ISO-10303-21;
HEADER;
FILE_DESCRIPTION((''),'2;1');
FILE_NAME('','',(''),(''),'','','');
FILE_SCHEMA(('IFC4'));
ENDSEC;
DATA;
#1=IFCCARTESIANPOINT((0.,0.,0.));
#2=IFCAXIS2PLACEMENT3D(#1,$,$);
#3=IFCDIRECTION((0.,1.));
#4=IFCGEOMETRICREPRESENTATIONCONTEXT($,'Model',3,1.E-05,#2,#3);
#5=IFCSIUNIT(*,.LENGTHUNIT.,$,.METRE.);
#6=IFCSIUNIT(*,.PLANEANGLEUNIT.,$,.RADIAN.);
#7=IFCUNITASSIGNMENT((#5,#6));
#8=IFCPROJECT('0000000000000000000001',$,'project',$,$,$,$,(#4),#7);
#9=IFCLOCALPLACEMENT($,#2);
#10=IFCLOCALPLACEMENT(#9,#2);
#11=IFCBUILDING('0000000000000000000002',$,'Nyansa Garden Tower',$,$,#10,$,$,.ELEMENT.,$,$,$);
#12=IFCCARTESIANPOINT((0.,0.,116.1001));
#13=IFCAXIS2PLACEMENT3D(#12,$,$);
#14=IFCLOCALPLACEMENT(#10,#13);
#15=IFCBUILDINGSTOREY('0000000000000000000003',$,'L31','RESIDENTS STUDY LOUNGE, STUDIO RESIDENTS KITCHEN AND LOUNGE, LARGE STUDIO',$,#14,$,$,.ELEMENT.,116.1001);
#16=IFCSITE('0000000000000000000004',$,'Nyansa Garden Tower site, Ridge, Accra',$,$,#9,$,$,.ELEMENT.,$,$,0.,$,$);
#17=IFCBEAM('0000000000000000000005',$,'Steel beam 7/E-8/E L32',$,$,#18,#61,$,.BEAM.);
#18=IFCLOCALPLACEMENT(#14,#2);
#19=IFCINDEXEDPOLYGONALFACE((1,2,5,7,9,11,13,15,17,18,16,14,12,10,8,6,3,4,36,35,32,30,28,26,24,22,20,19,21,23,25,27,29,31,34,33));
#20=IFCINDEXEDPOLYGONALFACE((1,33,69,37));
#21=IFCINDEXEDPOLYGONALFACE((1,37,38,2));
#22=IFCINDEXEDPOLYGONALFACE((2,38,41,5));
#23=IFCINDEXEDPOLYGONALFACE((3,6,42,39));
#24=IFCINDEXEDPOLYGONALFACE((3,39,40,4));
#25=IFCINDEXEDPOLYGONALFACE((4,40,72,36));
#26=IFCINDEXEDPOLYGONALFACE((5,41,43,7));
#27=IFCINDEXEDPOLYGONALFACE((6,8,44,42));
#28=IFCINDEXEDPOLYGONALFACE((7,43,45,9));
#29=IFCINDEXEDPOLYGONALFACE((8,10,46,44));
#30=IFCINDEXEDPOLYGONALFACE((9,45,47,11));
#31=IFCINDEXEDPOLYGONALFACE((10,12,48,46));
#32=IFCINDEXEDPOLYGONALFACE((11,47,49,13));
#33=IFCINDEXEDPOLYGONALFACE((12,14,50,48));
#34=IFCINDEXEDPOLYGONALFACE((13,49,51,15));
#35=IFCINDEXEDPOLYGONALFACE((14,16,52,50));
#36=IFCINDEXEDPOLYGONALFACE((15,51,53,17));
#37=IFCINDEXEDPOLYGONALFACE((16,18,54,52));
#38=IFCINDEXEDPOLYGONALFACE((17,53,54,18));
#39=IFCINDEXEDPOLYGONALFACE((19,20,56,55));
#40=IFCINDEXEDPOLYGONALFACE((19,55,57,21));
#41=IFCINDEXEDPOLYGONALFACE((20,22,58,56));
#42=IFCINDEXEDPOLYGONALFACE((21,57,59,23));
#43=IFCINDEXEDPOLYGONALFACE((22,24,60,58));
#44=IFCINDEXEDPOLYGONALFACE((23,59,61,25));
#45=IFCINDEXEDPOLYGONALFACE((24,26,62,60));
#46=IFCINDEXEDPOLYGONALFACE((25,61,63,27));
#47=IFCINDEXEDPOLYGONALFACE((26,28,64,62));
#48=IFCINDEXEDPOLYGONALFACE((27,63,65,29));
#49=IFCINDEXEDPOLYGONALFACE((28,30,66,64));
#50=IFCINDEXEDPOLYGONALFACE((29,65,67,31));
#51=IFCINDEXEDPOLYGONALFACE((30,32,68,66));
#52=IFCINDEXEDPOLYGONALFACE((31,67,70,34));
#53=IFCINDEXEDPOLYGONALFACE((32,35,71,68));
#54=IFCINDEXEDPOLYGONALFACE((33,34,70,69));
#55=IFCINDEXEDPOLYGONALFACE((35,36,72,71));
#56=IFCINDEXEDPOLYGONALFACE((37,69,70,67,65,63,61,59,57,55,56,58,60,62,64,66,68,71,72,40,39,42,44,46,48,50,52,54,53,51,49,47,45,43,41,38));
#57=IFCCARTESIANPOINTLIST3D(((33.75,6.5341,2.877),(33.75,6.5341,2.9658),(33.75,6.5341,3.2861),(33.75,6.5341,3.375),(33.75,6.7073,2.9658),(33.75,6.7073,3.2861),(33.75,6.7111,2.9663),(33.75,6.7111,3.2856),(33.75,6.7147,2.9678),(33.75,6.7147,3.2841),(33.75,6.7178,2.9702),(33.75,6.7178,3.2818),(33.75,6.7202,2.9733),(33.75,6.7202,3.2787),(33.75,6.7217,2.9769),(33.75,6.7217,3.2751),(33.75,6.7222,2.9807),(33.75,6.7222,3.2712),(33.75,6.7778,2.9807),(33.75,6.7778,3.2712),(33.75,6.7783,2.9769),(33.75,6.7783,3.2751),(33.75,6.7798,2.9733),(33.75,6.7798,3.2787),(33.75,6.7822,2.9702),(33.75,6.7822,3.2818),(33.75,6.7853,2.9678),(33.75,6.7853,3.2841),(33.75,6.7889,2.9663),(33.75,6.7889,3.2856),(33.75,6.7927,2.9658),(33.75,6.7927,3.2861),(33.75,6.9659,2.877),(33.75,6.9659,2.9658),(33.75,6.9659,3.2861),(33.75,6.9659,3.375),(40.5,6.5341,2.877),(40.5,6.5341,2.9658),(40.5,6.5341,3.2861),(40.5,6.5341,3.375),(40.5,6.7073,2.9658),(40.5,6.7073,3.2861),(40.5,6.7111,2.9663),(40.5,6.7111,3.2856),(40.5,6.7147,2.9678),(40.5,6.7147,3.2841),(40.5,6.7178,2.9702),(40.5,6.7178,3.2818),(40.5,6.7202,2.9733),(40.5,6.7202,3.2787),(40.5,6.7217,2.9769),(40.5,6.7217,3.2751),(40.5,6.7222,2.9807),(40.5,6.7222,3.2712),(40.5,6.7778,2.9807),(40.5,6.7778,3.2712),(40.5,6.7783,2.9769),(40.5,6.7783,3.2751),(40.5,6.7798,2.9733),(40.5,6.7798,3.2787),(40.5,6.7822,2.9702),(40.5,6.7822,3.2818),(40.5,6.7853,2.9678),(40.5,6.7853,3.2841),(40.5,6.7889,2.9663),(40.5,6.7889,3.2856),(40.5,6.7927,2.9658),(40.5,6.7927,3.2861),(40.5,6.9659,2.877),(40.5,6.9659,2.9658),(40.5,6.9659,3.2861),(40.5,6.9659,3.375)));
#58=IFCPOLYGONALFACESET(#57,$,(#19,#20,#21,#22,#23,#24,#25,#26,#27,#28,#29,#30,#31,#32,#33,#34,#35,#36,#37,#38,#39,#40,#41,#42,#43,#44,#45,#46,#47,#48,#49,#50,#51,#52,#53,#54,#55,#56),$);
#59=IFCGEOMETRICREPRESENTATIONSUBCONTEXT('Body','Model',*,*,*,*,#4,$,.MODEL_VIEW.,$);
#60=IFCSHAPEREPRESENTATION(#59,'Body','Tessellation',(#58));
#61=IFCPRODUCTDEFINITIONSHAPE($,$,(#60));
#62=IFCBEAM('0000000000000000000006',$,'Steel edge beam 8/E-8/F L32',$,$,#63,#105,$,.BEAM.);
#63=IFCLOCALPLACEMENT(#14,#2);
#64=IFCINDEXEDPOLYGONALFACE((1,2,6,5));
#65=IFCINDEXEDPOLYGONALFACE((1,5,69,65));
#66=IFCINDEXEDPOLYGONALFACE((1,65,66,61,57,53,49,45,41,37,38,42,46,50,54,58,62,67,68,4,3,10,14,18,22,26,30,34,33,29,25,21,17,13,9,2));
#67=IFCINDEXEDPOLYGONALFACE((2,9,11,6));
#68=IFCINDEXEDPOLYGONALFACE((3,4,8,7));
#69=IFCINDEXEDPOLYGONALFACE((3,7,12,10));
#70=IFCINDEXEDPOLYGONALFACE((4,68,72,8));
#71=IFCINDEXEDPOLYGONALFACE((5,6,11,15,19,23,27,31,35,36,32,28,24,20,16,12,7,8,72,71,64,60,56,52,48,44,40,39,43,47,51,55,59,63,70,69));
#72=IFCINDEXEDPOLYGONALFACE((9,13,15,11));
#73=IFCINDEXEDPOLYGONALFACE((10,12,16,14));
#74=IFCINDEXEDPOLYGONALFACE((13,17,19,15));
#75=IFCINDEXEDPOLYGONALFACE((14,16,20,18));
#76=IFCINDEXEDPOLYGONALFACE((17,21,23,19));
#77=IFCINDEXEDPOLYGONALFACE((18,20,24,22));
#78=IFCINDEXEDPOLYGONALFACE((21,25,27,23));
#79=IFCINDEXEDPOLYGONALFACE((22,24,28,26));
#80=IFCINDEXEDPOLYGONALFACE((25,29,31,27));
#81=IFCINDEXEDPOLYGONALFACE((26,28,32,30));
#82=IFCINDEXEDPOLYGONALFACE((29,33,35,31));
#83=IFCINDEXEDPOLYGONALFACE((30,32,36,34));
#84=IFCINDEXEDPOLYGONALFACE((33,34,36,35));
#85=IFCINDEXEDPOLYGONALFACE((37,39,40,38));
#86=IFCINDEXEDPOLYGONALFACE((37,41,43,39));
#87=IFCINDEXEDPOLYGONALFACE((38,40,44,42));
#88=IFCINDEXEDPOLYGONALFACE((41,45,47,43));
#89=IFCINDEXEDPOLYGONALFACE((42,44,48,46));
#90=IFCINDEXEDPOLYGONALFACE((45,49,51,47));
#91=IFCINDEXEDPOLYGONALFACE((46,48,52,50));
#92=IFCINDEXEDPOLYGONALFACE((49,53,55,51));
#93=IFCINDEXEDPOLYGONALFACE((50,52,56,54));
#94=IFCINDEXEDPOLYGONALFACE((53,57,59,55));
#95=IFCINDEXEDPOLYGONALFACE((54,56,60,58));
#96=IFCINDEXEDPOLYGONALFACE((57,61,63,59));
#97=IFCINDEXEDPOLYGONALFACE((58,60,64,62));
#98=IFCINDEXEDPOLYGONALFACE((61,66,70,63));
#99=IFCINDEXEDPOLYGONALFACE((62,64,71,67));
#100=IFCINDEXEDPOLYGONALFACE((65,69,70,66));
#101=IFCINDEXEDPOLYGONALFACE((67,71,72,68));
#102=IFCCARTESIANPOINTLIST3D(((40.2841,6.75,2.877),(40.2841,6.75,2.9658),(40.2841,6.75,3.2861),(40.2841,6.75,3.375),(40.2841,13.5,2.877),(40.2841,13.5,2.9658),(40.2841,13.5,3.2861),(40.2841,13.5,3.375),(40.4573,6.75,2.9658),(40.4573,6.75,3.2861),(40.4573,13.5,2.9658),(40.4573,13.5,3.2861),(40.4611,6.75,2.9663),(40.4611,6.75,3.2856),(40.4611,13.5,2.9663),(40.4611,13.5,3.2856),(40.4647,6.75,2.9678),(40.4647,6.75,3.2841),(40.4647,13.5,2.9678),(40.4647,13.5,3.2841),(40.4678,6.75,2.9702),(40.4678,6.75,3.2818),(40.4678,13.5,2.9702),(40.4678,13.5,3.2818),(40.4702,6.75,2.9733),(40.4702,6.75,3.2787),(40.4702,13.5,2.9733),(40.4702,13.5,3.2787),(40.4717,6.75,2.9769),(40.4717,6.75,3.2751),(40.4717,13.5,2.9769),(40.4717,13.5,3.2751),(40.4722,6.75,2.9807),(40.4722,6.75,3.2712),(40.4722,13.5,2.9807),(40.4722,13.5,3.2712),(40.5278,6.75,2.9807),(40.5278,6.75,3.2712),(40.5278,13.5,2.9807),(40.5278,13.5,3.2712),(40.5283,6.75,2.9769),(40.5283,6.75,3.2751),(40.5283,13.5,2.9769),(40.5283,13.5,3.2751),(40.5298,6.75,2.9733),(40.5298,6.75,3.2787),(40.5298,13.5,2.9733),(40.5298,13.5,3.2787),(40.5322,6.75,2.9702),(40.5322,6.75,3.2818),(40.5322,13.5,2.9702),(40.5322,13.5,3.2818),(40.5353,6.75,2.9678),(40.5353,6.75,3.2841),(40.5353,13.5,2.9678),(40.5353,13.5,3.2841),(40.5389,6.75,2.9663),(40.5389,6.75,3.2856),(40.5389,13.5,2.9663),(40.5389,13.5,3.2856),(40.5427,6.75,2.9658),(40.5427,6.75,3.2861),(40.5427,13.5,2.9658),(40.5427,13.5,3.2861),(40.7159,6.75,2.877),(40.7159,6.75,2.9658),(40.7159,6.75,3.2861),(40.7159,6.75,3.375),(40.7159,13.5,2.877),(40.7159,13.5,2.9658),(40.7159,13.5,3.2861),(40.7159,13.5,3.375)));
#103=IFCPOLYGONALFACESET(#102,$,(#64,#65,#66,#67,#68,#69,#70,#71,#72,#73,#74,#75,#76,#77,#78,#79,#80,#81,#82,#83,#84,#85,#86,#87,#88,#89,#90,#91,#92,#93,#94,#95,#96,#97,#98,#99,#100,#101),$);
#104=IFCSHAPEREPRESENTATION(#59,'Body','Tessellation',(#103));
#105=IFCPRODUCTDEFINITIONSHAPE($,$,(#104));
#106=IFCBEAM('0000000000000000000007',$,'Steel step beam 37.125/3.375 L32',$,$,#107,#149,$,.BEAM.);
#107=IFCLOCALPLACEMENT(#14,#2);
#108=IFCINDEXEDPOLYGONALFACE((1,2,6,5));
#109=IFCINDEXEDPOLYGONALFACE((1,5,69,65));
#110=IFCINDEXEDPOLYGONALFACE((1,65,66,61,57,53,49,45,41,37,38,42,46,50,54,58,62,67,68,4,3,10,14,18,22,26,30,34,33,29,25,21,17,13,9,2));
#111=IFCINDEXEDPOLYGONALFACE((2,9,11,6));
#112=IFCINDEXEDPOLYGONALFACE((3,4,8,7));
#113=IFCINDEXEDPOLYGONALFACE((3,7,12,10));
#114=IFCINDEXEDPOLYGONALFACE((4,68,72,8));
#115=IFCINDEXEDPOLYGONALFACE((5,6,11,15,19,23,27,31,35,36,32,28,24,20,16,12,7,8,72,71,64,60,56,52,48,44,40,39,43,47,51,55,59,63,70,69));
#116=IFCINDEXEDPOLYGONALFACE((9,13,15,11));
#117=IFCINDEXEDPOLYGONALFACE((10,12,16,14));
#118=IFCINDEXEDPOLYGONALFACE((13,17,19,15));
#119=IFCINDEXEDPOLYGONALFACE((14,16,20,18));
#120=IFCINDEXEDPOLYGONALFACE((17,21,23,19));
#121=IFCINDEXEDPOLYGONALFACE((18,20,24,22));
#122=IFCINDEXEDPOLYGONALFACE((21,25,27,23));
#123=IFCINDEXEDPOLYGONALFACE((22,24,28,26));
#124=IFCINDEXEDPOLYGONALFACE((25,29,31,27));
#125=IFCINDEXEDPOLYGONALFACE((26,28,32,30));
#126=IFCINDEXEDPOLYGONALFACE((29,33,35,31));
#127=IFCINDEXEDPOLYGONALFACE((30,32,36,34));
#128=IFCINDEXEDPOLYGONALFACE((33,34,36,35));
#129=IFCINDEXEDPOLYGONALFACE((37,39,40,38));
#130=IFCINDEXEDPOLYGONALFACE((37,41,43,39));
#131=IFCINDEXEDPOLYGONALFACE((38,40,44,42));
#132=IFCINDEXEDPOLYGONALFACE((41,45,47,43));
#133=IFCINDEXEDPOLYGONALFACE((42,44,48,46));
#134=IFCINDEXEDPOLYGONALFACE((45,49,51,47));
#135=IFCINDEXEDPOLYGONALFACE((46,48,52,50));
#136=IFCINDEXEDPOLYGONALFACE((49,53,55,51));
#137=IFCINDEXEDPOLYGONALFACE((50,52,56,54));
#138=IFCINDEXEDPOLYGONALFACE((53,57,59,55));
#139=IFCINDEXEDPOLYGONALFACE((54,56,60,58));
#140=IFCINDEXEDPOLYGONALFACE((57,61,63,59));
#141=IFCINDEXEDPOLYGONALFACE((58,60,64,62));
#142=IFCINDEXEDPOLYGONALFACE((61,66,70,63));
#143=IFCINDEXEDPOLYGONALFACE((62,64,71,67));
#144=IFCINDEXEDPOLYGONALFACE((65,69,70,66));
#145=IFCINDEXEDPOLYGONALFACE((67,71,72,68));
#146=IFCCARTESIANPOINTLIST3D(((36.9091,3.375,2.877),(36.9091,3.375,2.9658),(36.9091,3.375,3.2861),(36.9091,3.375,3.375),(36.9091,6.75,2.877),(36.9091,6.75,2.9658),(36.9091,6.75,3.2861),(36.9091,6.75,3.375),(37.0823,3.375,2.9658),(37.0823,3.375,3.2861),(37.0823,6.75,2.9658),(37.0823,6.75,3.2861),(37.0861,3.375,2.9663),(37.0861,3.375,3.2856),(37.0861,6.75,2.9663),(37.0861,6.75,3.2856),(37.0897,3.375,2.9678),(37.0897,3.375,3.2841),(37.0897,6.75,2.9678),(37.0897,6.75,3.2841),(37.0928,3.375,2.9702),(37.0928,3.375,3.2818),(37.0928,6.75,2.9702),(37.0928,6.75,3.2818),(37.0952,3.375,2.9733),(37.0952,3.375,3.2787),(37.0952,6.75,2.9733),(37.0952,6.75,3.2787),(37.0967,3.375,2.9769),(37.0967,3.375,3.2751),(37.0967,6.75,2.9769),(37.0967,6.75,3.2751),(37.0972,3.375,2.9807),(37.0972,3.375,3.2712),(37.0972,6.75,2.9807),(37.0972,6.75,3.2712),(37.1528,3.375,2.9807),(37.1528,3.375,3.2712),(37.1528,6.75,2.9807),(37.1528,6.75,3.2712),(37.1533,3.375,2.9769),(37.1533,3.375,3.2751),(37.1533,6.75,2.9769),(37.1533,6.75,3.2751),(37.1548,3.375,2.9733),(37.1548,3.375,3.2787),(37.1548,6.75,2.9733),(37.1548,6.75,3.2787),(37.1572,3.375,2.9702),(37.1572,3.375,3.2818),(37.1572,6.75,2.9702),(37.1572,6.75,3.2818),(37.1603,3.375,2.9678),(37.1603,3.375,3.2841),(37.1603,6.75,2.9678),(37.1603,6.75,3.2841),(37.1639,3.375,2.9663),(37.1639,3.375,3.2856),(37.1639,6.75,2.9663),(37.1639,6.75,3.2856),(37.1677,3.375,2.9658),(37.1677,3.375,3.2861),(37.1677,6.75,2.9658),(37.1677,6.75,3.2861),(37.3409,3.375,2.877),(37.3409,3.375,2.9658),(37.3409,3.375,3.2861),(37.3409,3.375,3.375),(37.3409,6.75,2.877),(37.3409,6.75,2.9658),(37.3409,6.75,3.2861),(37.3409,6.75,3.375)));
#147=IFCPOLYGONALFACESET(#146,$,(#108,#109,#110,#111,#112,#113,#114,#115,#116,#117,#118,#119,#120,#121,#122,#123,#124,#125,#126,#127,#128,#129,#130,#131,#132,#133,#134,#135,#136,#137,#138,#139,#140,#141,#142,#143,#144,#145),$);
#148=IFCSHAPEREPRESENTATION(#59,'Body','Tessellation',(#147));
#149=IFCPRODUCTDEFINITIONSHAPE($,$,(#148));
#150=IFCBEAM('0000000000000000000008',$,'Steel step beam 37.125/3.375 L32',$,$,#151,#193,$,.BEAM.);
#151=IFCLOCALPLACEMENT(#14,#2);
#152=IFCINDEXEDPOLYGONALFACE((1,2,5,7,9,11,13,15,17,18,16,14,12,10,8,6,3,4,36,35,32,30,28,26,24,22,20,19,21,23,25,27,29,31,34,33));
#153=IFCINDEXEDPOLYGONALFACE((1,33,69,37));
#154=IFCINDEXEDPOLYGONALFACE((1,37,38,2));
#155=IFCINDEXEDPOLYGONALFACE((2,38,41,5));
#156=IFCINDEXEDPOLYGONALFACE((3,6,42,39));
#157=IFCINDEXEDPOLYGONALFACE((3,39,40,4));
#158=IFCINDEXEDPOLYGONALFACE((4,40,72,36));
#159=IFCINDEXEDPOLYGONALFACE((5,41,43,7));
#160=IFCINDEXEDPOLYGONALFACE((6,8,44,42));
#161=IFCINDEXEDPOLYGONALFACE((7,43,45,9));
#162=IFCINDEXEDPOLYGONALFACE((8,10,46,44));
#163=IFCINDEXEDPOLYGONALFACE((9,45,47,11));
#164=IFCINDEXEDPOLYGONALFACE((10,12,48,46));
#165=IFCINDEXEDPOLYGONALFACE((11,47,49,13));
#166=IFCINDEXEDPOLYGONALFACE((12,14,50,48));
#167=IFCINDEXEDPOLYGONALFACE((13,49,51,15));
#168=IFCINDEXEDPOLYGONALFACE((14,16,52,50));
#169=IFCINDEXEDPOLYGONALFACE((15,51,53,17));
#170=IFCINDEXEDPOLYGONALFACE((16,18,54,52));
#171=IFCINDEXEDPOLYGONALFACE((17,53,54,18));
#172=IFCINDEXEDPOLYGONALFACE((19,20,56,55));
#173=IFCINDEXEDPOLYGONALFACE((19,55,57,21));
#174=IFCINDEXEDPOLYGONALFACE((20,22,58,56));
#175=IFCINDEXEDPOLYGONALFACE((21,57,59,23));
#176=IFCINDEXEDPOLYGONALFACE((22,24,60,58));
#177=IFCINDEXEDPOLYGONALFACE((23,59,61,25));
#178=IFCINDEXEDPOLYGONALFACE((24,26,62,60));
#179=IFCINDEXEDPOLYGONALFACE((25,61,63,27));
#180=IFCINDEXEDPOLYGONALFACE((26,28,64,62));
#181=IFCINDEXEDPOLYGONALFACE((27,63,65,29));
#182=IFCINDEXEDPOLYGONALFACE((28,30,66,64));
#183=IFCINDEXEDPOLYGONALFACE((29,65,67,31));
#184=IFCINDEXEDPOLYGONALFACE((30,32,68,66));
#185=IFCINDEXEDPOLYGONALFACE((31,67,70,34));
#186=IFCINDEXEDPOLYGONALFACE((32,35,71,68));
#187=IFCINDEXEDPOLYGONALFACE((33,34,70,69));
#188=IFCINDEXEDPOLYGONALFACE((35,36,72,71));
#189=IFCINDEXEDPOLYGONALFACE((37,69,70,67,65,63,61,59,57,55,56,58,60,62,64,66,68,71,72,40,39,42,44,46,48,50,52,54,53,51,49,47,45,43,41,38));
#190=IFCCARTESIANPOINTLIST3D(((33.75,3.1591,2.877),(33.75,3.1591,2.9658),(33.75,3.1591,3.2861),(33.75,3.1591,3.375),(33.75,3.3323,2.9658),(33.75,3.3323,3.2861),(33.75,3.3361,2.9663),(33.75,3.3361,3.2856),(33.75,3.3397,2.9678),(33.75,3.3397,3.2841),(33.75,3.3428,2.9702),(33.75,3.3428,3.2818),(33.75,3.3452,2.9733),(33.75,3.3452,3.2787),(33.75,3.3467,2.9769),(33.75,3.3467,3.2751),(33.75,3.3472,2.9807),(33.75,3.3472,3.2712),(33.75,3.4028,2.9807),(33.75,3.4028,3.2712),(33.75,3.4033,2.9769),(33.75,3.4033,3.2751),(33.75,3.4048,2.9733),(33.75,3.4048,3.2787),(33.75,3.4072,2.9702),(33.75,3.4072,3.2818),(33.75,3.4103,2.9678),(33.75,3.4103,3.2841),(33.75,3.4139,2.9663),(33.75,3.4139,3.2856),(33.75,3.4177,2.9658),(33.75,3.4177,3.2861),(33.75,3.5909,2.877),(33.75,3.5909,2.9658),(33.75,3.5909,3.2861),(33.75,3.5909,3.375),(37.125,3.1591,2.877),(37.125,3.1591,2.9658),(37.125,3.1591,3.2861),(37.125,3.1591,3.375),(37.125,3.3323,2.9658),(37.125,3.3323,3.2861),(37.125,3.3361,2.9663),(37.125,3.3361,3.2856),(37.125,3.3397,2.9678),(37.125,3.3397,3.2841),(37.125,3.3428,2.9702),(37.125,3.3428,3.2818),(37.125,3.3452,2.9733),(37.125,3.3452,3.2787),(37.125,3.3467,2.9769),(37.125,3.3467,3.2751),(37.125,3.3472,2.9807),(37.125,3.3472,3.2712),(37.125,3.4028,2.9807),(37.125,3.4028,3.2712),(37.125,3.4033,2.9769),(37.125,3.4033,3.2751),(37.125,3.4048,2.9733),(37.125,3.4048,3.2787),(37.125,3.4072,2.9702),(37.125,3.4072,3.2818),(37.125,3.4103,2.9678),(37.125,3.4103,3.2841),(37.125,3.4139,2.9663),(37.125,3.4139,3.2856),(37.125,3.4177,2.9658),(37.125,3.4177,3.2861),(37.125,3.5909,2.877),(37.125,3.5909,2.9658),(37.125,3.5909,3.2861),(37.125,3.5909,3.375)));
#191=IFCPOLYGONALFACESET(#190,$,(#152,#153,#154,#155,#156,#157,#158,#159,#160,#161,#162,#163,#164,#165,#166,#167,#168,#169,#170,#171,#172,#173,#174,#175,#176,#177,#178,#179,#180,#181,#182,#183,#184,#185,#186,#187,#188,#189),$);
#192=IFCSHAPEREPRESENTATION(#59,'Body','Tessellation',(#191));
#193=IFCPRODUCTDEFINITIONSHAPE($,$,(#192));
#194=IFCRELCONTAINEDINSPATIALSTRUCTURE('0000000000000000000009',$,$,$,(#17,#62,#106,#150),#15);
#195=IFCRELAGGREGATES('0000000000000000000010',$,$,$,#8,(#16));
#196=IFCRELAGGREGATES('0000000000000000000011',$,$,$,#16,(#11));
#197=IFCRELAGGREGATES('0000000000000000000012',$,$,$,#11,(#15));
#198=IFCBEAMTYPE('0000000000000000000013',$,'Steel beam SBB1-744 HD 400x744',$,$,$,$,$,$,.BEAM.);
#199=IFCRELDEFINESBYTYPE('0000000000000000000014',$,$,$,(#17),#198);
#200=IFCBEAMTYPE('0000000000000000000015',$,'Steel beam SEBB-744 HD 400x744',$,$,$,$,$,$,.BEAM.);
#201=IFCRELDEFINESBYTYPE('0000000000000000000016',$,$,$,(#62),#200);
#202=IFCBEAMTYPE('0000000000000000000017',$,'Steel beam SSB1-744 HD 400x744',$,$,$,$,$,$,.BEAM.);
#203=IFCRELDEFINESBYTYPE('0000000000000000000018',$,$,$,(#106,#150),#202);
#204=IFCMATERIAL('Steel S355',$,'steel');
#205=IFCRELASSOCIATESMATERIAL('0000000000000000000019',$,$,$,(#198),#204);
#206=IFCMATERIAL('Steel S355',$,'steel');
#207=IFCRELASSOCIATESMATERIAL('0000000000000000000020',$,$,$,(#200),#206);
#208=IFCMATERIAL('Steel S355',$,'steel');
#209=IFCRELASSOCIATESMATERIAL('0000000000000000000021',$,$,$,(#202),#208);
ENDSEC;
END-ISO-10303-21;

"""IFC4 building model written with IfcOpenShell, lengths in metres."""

from ifc_helpers import new_model, si_unit, direction, frame, origin, origin_2d, place, context, subcontext, project, spatial, i_section, extrude, material, material_profile, profile_set, type_object, element, save


model = new_model("IFC4")

# Units and contexts
model_context = context("Model", 3, precision=1e-05, world=origin(), true_north=direction((0.0, 1.0)))
body_context = subcontext(model_context, "Body", "Model", "MODEL_VIEW")
ifc_project = project(units=[si_unit("LENGTHUNIT", "METRE"), si_unit("PLANEANGLEUNIT", "RADIAN")], contexts=[model_context])

# Site, building, storey
site_placement = place(None, origin())
site = spatial("IfcSite", under=ifc_project, at=site_placement, Name="Nyansa Garden Tower site, Ridge, Accra", CompositionType="ELEMENT", RefElevation=0.0)
building_placement = place(site_placement, origin())
building = spatial("IfcBuilding", under=site, at=building_placement, Name="Nyansa Garden Tower", CompositionType="ELEMENT")
storey_placement = place(building_placement, frame((0.0, 0.0, 116.1001)))
storey = spatial("IfcBuildingStorey", under=building, at=storey_placement, Name="L31", Description="RESIDENTS STUDY LOUNGE, STUDIO RESIDENTS KITCHEN AND LOUNGE, LARGE STUDIO", CompositionType="ELEMENT", Elevation=116.1001)

# Beams
ifc_material_1 = material(Name="Steel S355", Category="steel")
ifc_material_profile_1 = material_profile(ifc_material_1, i_section(OverallWidth=0.4319, OverallDepth=0.498, WebThickness=0.0557, FlangeThickness=0.0889, FilletRadius=0.0149, at=origin_2d()), Name="HD 400x744")
ifc_profile_set_1 = profile_set([ifc_material_profile_1], Name="Steel S355")
beam_type_1 = type_object("IfcBeamType", Name="Steel beam SBB1-744 HD 400x744", PredefinedType="BEAM", material=ifc_profile_set_1)
for number, where, z_axis, x_axis, name in (
    (1, (33.75, 6.75, 3.126), (1.0, 0.0, 0.0), (0.0, 1.0, 0.0), "Steel beam 7/E-8/E L32"),
):
    element("IfcBeam", number, at=place(storey_placement, frame(where, z_axis=z_axis, x_axis=x_axis)), inside=storey, type_object=beam_type_1, Name=name, PredefinedType="BEAM", context=body_context, shape_type="SweptSolid", body=[
        extrude(i_section(OverallWidth=0.4319, OverallDepth=0.498, WebThickness=0.0557, FlangeThickness=0.0889, FilletRadius=0.0149, at=origin_2d()), origin(), (0.0, 0.0, 1.0), 6.75),
    ])
ifc_material_2 = material(Name="Steel S355", Category="steel")
ifc_material_profile_2 = material_profile(ifc_material_2, i_section(OverallWidth=0.4319, OverallDepth=0.498, WebThickness=0.0557, FlangeThickness=0.0889, FilletRadius=0.0149, at=origin_2d()), Name="HD 400x744")
ifc_profile_set_2 = profile_set([ifc_material_profile_2], Name="Steel S355")
beam_type_2 = type_object("IfcBeamType", Name="Steel beam SEBB-744 HD 400x744", PredefinedType="BEAM", material=ifc_profile_set_2)
beam_placement = place(storey_placement, frame((40.5, 6.75, 3.126), z_axis=(0.0, 1.0, 0.0), x_axis=(-1.0, 0.0, 0.0)))
element("IfcBeam", 2, at=beam_placement, inside=storey, type_object=beam_type_2, Name="Steel edge beam 8/E-8/F L32", PredefinedType="BEAM", context=body_context, shape_type="SweptSolid", body=[
    extrude(i_section(OverallWidth=0.4319, OverallDepth=0.498, WebThickness=0.0557, FlangeThickness=0.0889, FilletRadius=0.0149, at=origin_2d()), origin(), (0.0, 0.0, 1.0), 6.75),
])
ifc_material_3 = material(Name="Steel S355", Category="steel")
ifc_material_profile_3 = material_profile(ifc_material_3, i_section(OverallWidth=0.4319, OverallDepth=0.498, WebThickness=0.0557, FlangeThickness=0.0889, FilletRadius=0.0149, at=origin_2d()), Name="HD 400x744")
ifc_profile_set_3 = profile_set([ifc_material_profile_3], Name="Steel S355")
beam_type_3 = type_object("IfcBeamType", Name="Steel beam SSB1-744 HD 400x744", PredefinedType="BEAM", material=ifc_profile_set_3)
for number, where, z_axis, x_axis, name in (
    (3, (37.125, 3.375, 3.126), (0.0, 1.0, 0.0), (-1.0, 0.0, 0.0), "Steel step beam 37.125/3.375 L32"),
    (4, (37.125, 3.375, 3.126), (-1.0, 0.0, 0.0), (0.0, -1.0, 0.0), "Steel step beam 37.125/3.375 L32"),
):
    element("IfcBeam", number, at=place(storey_placement, frame(where, z_axis=z_axis, x_axis=x_axis)), inside=storey, type_object=beam_type_3, Name=name, PredefinedType="BEAM", context=body_context, shape_type="SweptSolid", body=[
        extrude(i_section(OverallWidth=0.4319, OverallDepth=0.498, WebThickness=0.0557, FlangeThickness=0.0889, FilletRadius=0.0149, at=origin_2d()), origin(), (0.0, 0.0, 1.0), 3.375),
    ])

save(model, "model.ifc")
